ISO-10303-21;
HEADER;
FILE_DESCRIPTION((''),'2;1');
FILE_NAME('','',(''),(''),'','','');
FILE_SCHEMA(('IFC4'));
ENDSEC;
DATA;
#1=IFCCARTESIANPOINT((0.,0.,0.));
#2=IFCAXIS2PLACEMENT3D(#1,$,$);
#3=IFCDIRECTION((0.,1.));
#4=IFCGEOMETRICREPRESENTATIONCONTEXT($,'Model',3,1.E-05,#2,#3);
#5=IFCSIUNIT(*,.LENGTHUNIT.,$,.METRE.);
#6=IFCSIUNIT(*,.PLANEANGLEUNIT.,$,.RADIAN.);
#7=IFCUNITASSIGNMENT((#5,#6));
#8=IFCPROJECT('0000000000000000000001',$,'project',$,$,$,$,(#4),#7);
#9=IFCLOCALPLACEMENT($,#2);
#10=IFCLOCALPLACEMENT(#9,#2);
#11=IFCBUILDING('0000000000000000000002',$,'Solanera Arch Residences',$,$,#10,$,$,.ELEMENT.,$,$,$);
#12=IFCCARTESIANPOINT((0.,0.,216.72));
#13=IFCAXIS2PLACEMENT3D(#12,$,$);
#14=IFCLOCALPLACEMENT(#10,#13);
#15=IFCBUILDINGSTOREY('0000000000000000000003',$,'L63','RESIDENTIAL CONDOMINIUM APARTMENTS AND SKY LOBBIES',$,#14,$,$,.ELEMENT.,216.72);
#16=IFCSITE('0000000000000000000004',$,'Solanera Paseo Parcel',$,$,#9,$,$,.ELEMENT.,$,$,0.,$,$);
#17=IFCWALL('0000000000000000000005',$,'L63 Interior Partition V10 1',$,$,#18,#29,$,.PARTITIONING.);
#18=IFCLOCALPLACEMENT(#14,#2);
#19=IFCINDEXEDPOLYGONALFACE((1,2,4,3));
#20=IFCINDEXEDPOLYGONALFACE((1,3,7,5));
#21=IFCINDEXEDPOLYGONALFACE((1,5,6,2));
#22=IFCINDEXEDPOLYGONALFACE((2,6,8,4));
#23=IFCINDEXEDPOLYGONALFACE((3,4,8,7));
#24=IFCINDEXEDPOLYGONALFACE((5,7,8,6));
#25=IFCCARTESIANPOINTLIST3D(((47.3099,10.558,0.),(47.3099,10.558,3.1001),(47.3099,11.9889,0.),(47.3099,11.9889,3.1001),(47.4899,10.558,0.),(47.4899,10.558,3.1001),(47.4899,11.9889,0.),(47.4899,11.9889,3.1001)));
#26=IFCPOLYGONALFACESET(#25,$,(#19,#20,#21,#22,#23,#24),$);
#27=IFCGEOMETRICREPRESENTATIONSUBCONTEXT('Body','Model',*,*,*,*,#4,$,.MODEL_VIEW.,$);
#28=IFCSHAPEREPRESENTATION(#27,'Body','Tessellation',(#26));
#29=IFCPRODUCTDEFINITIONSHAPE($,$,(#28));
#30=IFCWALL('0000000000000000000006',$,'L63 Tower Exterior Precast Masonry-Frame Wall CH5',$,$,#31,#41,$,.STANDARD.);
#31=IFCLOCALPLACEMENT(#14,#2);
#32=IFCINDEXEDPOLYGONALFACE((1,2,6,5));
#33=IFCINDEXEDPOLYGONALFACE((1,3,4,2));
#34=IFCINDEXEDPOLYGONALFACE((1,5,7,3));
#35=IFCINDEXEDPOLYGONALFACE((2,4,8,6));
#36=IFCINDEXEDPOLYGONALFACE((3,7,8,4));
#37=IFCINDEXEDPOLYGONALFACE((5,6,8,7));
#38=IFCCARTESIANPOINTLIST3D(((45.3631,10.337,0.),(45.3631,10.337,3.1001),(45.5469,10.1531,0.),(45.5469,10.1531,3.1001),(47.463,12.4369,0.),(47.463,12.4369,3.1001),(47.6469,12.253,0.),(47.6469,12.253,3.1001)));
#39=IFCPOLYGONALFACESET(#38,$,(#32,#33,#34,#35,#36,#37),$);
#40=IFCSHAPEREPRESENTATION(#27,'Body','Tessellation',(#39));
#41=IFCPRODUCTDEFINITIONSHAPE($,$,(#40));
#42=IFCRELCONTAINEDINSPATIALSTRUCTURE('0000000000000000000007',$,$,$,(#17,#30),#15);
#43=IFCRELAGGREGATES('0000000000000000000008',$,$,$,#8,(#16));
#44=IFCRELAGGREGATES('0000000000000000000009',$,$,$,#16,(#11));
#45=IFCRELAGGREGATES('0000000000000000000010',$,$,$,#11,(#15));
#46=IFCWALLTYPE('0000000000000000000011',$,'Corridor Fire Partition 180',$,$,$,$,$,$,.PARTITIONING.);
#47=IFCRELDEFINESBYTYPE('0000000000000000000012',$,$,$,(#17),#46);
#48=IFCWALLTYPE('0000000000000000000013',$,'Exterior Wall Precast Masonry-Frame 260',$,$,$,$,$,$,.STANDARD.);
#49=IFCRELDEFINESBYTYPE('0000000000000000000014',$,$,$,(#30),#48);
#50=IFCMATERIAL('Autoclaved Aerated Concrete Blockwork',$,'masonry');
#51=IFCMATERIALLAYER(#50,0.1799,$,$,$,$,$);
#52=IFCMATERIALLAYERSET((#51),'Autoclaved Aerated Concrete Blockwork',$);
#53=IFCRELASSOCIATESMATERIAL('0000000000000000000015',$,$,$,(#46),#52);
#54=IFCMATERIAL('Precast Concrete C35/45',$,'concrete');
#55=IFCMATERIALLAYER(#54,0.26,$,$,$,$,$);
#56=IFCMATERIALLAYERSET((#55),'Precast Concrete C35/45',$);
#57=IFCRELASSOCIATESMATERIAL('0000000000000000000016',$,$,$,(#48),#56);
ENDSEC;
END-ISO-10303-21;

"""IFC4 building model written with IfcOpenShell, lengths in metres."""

from ifc_helpers import new_model, si_unit, direction, frame, frame_2d, origin, place, context, subcontext, project, spatial, rectangle, extrude, material, layer, layer_set, type_object, element, save


model = new_model("IFC4")

# Units and contexts
model_context = context("Model", 3, precision=1e-05, world=origin(), true_north=direction((0.0, 1.0)))
body_context = subcontext(model_context, "Body", "Model", "MODEL_VIEW")
ifc_project = project(units=[si_unit("LENGTHUNIT", "METRE"), si_unit("PLANEANGLEUNIT", "RADIAN")], contexts=[model_context])

# Site, building, storey
site_placement = place(None, origin())
site = spatial("IfcSite", under=ifc_project, at=site_placement, Name="Solanera Paseo Parcel", CompositionType="ELEMENT", RefElevation=0.0)
building_placement = place(site_placement, origin())
building = spatial("IfcBuilding", under=site, at=building_placement, Name="Solanera Arch Residences", CompositionType="ELEMENT")
storey_placement = place(building_placement, frame((0.0, 0.0, 216.72)))
storey = spatial("IfcBuildingStorey", under=building, at=storey_placement, Name="L63", Description="RESIDENTIAL CONDOMINIUM APARTMENTS AND SKY LOBBIES", CompositionType="ELEMENT", Elevation=216.72)

# Walls
ifc_material_1 = material(Name="Autoclaved Aerated Concrete Blockwork", Category="masonry")
ifc_layer_1 = layer(ifc_material_1, 0.1799)
ifc_layer_set_1 = layer_set([ifc_layer_1], Name="Autoclaved Aerated Concrete Blockwork")
wall_type_1 = type_object("IfcWallType", Name="Corridor Fire Partition 180", PredefinedType="PARTITIONING", material=ifc_layer_set_1)
wall_1_placement = place(storey_placement, frame((47.3999, 10.5581, 0.0), z_axis=(0.0, 0.0, 1.0), x_axis=(0.0, 1.0, 0.0)))
element("IfcWall", 1, at=wall_1_placement, inside=storey, type_object=wall_type_1, Name="L63 Interior Partition V10 1", PredefinedType="PARTITIONING", context=body_context, shape_type="SweptSolid", body=[
    extrude(rectangle(XDim=1.4309, YDim=0.1799, at=frame_2d((0.7153, 0.0))), origin(), (0.0, 0.0, 1.0), 3.1001),
])
ifc_material_2 = material(Name="Precast Concrete C35/45", Category="concrete")
ifc_layer_2 = layer(ifc_material_2, 0.26)
ifc_layer_set_2 = layer_set([ifc_layer_2], Name="Precast Concrete C35/45")
wall_type_2 = type_object("IfcWallType", Name="Exterior Wall Precast Masonry-Frame 260", PredefinedType="STANDARD", material=ifc_layer_set_2)
wall_2_placement = place(storey_placement, frame((47.5549, 12.345, 0.0), z_axis=(0.0, 0.0, 1.0), x_axis=(-0.707107, -0.707107, 0.0)))
element("IfcWall", 2, at=wall_2_placement, inside=storey, type_object=wall_type_2, Name="L63 Tower Exterior Precast Masonry-Frame Wall CH5", PredefinedType="STANDARD", context=body_context, shape_type="SweptSolid", body=[
    extrude(rectangle(XDim=2.9697, YDim=0.26, at=frame_2d((1.4849, 0.0))), origin(), (0.0, 0.0, 1.0), 3.1001),
])

save(model, "model.ifc")
